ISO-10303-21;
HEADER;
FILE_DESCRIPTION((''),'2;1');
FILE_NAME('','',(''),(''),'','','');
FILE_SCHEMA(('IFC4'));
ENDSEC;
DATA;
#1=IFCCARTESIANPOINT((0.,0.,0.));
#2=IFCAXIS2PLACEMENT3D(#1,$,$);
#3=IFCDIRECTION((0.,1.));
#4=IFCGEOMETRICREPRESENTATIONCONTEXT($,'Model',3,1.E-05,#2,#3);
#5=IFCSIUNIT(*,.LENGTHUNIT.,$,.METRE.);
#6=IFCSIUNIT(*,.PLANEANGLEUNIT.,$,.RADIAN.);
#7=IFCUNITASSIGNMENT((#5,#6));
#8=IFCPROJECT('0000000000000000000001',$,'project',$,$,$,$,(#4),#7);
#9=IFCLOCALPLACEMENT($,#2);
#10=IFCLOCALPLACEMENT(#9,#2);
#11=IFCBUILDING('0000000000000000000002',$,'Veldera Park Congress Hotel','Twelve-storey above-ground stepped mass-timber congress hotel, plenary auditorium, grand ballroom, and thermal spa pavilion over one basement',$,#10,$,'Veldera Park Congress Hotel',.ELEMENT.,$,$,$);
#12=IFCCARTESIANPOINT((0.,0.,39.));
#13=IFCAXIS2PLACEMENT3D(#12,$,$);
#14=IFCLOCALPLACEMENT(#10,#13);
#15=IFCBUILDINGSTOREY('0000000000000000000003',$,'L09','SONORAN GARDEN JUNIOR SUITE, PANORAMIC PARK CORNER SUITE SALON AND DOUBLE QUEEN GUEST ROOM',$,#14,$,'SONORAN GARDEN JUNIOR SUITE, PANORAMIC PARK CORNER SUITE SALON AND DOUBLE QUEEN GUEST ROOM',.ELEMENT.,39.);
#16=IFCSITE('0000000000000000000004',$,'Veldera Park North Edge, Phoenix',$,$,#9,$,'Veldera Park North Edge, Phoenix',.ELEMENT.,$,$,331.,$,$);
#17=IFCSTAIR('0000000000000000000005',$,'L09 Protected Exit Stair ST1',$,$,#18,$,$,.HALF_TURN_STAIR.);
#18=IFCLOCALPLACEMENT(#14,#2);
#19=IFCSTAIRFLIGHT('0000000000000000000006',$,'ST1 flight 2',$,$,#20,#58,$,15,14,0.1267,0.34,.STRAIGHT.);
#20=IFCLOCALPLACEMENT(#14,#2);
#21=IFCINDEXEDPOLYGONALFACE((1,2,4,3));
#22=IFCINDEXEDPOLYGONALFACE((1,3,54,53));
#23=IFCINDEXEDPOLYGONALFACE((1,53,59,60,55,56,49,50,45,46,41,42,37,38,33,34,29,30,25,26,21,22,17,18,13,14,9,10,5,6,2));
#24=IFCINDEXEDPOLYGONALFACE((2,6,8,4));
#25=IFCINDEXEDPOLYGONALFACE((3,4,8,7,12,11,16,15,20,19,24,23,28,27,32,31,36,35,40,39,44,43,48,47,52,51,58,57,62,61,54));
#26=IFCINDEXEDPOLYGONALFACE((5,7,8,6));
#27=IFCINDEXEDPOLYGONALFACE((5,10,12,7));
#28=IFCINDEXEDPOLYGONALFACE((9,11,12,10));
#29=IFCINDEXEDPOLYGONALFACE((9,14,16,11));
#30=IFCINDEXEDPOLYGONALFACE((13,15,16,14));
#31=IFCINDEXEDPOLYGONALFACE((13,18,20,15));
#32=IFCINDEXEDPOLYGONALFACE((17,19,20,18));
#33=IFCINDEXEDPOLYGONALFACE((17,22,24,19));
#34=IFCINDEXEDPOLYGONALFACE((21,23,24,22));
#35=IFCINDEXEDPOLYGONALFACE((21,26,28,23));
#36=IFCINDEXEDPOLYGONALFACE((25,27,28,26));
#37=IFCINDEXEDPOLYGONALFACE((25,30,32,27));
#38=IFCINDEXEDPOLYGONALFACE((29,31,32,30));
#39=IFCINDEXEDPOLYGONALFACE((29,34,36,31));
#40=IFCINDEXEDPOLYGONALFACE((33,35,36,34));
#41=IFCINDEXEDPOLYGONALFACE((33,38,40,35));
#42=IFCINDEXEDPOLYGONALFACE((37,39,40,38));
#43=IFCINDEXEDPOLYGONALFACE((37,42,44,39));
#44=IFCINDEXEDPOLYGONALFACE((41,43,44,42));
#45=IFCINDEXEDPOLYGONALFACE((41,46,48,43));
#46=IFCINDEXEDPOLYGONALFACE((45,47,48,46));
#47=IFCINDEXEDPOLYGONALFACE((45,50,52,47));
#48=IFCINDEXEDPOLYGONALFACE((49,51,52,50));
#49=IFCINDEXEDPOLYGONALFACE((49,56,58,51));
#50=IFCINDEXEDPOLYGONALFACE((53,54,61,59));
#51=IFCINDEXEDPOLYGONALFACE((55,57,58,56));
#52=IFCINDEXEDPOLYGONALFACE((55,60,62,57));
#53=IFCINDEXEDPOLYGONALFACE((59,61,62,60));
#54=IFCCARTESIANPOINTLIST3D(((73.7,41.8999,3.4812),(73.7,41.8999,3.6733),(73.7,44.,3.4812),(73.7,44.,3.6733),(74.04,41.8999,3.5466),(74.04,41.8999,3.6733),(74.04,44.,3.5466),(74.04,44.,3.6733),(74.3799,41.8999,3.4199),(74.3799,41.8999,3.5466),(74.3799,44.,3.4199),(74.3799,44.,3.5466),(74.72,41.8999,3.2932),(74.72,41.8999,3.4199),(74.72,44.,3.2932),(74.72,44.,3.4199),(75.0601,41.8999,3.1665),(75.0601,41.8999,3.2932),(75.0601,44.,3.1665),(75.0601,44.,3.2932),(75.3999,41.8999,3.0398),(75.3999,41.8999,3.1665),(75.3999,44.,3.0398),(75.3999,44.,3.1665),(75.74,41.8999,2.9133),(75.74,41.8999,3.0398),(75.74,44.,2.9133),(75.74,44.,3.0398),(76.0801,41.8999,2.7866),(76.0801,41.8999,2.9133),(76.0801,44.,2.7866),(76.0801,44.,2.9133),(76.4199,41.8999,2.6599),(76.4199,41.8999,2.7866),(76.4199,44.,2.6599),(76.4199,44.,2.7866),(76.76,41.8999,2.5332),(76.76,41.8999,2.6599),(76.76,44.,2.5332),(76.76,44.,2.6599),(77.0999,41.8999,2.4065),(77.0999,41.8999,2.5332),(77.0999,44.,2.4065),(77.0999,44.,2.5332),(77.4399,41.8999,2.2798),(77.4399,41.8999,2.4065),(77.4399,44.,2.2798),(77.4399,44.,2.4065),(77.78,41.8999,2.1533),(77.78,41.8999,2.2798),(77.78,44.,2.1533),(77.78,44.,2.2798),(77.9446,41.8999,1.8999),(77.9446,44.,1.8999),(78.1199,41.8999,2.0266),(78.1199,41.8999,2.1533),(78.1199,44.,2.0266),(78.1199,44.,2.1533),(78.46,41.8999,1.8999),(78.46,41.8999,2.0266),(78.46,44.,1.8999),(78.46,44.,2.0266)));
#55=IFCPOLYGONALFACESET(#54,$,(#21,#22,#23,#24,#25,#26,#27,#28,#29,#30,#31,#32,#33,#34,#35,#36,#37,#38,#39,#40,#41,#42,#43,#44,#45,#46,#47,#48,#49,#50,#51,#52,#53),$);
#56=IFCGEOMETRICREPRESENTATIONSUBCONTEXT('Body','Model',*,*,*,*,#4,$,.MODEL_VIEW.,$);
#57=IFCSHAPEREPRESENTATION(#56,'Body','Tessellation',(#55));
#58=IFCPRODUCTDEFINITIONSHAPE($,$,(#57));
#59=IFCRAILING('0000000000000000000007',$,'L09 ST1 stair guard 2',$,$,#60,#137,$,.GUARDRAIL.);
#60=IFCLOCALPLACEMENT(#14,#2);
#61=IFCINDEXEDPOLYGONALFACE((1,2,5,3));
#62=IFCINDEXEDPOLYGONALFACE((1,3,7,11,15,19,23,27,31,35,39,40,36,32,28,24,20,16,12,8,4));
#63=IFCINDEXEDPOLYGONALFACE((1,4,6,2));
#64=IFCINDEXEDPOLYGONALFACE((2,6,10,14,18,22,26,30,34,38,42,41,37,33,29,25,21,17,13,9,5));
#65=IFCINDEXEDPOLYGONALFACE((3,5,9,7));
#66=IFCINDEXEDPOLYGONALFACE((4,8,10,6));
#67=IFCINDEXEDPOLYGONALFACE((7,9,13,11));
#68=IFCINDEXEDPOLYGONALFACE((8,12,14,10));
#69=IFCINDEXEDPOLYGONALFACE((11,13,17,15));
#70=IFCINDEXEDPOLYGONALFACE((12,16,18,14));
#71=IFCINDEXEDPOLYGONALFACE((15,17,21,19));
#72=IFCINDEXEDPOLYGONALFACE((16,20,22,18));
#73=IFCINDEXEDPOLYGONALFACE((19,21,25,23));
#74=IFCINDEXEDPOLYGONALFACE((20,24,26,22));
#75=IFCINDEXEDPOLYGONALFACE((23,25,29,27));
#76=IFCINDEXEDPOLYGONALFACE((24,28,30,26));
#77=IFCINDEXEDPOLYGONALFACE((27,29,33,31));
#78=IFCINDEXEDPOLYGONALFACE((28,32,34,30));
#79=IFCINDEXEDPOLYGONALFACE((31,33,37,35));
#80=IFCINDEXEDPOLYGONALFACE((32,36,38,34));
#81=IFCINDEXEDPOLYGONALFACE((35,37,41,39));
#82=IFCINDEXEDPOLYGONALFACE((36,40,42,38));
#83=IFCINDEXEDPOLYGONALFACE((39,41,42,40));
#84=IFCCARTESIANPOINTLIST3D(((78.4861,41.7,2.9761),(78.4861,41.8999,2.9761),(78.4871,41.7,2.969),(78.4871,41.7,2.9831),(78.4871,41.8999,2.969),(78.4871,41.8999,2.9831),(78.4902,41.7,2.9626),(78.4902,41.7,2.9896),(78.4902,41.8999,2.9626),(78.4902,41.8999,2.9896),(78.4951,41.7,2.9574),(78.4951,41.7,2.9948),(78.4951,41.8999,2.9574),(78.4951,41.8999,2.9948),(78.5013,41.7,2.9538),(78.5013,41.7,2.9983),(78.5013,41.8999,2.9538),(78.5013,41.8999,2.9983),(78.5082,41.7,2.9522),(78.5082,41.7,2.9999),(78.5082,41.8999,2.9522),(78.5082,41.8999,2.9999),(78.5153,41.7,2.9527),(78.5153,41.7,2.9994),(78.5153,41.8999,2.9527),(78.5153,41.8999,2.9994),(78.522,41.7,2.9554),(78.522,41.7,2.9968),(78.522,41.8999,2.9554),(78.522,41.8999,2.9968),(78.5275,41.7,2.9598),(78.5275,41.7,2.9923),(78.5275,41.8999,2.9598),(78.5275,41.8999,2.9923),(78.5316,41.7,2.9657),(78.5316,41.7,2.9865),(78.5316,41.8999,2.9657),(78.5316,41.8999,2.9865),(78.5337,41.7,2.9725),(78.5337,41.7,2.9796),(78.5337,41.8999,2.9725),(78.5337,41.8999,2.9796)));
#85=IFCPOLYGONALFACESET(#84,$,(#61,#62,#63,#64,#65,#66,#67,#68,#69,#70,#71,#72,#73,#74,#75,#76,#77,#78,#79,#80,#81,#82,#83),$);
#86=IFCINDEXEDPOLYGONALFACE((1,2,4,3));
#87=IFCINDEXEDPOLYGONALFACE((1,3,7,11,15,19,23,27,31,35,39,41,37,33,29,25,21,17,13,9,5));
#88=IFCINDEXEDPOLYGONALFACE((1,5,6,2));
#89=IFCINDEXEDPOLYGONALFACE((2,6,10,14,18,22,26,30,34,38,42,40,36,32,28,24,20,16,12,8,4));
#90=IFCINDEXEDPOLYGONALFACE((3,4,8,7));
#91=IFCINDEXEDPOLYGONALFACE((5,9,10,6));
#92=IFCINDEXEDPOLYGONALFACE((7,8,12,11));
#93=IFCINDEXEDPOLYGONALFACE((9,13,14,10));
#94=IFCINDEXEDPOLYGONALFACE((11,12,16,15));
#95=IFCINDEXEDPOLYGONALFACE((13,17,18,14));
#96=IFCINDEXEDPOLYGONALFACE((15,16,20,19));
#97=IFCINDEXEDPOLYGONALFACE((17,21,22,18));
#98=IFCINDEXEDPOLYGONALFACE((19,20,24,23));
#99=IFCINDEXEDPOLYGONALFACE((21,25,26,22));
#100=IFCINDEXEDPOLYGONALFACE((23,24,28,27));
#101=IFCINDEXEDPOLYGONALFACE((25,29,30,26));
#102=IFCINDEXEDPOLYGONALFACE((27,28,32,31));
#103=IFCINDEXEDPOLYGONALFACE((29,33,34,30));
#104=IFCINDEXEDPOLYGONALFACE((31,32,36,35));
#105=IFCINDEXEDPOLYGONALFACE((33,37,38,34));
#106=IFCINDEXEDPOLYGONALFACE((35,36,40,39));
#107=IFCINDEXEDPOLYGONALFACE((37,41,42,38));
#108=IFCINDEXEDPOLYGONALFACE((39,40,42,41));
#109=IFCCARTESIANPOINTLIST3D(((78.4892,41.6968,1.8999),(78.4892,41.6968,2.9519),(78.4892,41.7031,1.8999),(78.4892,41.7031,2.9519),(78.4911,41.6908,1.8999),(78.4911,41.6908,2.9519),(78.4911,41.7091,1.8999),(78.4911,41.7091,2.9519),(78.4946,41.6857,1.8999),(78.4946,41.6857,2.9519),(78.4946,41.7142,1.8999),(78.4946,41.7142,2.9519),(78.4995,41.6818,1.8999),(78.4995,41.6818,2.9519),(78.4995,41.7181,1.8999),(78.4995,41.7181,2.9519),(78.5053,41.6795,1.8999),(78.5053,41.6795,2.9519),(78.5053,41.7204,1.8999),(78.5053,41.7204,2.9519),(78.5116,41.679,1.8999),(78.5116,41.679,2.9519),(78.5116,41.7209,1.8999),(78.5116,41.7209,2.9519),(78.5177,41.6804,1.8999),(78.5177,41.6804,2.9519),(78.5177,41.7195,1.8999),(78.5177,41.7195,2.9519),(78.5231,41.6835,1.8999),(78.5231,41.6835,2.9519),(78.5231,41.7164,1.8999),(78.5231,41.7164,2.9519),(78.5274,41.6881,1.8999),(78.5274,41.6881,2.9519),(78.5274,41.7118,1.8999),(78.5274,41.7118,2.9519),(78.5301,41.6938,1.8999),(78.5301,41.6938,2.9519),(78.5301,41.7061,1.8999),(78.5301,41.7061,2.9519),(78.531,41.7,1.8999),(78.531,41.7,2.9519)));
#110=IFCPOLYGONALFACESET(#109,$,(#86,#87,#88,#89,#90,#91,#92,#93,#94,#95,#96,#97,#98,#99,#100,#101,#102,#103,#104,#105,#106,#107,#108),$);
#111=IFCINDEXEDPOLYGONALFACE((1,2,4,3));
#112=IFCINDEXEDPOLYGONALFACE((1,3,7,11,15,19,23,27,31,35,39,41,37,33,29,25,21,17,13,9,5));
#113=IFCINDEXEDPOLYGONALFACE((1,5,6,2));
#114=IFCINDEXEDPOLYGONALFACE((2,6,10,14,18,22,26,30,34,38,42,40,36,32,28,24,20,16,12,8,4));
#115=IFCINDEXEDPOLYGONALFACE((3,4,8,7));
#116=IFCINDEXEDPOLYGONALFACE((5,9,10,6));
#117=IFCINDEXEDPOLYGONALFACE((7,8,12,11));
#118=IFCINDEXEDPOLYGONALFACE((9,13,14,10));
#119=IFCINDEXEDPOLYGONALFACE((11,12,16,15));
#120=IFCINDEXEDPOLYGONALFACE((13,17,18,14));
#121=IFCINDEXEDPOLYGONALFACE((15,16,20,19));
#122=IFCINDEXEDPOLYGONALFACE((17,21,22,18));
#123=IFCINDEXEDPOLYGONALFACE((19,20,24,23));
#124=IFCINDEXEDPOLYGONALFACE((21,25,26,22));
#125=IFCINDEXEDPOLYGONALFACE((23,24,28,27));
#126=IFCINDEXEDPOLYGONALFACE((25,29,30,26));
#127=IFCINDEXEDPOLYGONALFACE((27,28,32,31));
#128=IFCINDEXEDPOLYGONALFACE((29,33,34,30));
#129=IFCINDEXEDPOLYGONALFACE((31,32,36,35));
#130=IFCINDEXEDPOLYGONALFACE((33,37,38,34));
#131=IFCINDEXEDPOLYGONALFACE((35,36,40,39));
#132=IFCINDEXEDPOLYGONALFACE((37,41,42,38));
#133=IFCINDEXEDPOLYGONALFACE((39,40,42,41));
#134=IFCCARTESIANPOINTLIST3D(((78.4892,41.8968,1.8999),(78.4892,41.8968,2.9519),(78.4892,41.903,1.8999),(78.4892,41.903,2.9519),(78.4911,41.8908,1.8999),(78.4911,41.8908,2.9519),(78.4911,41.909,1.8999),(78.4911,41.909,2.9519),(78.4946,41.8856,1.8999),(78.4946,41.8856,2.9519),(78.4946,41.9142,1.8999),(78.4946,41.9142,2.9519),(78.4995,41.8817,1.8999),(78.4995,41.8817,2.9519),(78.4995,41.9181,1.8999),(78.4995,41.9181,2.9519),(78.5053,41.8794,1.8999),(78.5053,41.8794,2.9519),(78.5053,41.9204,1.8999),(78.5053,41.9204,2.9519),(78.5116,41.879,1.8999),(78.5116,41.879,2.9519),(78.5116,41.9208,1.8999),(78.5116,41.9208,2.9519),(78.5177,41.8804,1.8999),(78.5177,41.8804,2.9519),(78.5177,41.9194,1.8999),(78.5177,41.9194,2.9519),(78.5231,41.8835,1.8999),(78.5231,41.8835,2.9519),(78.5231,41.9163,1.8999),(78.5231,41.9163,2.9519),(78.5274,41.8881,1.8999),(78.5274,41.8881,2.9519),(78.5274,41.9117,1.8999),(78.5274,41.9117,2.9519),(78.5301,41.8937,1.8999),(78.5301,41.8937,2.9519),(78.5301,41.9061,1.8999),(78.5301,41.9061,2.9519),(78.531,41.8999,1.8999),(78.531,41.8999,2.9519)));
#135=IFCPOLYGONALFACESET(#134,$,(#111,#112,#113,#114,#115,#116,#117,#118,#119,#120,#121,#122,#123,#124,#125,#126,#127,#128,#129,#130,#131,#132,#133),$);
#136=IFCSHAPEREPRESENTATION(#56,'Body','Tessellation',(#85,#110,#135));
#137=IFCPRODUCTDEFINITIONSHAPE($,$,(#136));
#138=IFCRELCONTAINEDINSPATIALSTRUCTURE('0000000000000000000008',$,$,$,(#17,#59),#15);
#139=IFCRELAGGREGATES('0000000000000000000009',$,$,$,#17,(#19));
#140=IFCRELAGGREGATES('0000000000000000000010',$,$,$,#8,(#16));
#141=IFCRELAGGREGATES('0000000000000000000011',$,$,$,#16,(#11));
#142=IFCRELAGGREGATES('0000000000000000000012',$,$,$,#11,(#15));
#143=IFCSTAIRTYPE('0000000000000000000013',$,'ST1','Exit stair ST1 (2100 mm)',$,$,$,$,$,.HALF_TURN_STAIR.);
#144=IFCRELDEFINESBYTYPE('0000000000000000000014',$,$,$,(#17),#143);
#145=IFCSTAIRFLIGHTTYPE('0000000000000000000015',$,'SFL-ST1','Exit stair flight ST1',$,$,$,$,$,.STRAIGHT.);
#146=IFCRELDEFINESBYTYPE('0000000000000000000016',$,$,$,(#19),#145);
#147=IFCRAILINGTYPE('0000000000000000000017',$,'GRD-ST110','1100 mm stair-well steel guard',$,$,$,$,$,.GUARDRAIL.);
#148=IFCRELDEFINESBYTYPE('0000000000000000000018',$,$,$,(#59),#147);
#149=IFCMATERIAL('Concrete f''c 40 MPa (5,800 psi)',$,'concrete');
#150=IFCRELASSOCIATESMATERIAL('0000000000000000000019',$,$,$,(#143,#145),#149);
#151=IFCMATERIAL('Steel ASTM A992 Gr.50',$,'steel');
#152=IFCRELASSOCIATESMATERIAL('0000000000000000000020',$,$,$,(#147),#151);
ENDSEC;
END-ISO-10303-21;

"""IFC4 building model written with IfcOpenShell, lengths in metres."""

from ifc_helpers import new_model, si_unit, direction, frame, origin, origin_2d, place, context, subcontext, project, spatial, polyline, circle, outline, extrude, material, type_object, element, aggregate, save


model = new_model("IFC4")

# Units and contexts
model_context = context("Model", 3, precision=1e-05, world=origin(), true_north=direction((0.0, 1.0)))
body_context = subcontext(model_context, "Body", "Model", "MODEL_VIEW")
ifc_project = project(units=[si_unit("LENGTHUNIT", "METRE"), si_unit("PLANEANGLEUNIT", "RADIAN")], contexts=[model_context])

# Site, building, storey
site_placement = place(None, origin())
site = spatial("IfcSite", under=ifc_project, at=site_placement, Name="Veldera Park North Edge, Phoenix", LongName="Veldera Park North Edge, Phoenix", CompositionType="ELEMENT", RefElevation=331.0)
building_placement = place(site_placement, origin())
building = spatial("IfcBuilding", under=site, at=building_placement, Name="Veldera Park Congress Hotel", Description="Twelve-storey above-ground stepped mass-timber congress hotel, plenary auditorium, grand ballroom, and thermal spa pavilion over one basement", LongName="Veldera Park Congress Hotel", CompositionType="ELEMENT")
storey_placement = place(building_placement, frame((0.0, 0.0, 39.0)))
storey = spatial("IfcBuildingStorey", under=building, at=storey_placement, Name="L09", Description="SONORAN GARDEN JUNIOR SUITE, PANORAMIC PARK CORNER SUITE SALON AND DOUBLE QUEEN GUEST ROOM", LongName="SONORAN GARDEN JUNIOR SUITE, PANORAMIC PARK CORNER SUITE SALON AND DOUBLE QUEEN GUEST ROOM", CompositionType="ELEMENT", Elevation=39.0)

# Shared definitions
ifc_material_1 = material(Name="Concrete f'c 40 MPa (5,800 psi)", Category="concrete")

# Stair, stair flight
stair_type = type_object("IfcStairType", Name="ST1", Description="Exit stair ST1 (2100 mm)", PredefinedType="HALF_TURN_STAIR", material=ifc_material_1)
stair_placement = place(storey_placement, origin())
stair = element("IfcStair", 1, at=stair_placement, inside=storey, type_object=stair_type, Name="L09 Protected Exit Stair ST1", PredefinedType="HALF_TURN_STAIR")
stair_flight_type = type_object("IfcStairFlightType", Name="SFL-ST1", Description="Exit stair flight ST1", PredefinedType="STRAIGHT", material=ifc_material_1)
stair_flight_placement = place(storey_placement, frame((78.46, 42.95, 1.8999), z_axis=(0.0, 0.0, 1.0), x_axis=(-1.0, 0.0, 0.0)))
stair_flight = element("IfcStairFlight", 2, at=stair_flight_placement, type_object=stair_flight_type, Name="ST1 flight 2", NumberOfRisers=15, NumberOfTreads=14, PredefinedType="STRAIGHT", RiserHeight=0.1267, TreadLength=0.34, context=body_context, shape_type="SweptSolid", body=[
    extrude(outline(polyline([(0.0, 0.0), (0.0, 0.1267), (0.3401, 0.1267), (0.3401, 0.2534), (0.6799, 0.2534), (0.6799, 0.3799), (1.02, 0.3799), (1.02, 0.5066), (1.3601, 0.5066), (1.3601, 0.6333), (1.7, 0.6333), (1.7, 0.76), (2.04, 0.76), (2.04, 0.8867), (2.3799, 0.8867), (2.3799, 1.0134), (2.72, 1.0134), (2.72, 1.1399), (3.0601, 1.1399), (3.0601, 1.2666), (3.3999, 1.2666), (3.3999, 1.3933), (3.74, 1.3933), (3.74, 1.52), (4.0801, 1.52), (4.0801, 1.6467), (4.4199, 1.6467), (4.4199, 1.7734), (4.76, 1.7734), (4.76, 1.8999), (4.76, 1.8999), (4.76, 1.5813), (0.5154, 0.0), (0.0, 0.0)])), frame((0.0, 1.05, 0.0), z_axis=(0.0, -1.0, 0.0), x_axis=(1.0, 0.0, 0.0)), (0.0, 0.0, 1.0), 2.1001),
])
aggregate(stair, [stair_flight])

# Railing
ifc_material_2 = material(Name="Steel ASTM A992 Gr.50", Category="steel")
railing_type_1 = type_object("IfcRailingType", Name="GRD-ST110", Description="1100 mm stair-well steel guard", PredefinedType="GUARDRAIL", material=ifc_material_2)
railing_1_placement = place(storey_placement, frame((78.51, 41.7, 1.8999)))
element("IfcRailing", 3, at=railing_1_placement, inside=storey, type_object=railing_type_1, Name="L09 ST1 stair guard 2", PredefinedType="GUARDRAIL", context=body_context, shape_type="SweptSolid", body=[
    extrude(circle(Radius=0.0239, at=origin_2d()), frame((0.0, 0.0, 1.0762), z_axis=(0.0, 1.0, 0.0), x_axis=(-1.0, 0.0, 0.0)), (0.0, 0.0, 1.0), 0.2),
    extrude(circle(Radius=0.021, at=origin_2d()), origin(), (0.0, 0.0, 1.0), 1.052),
    extrude(circle(Radius=0.021, at=origin_2d()), frame((0.0, 0.2, 0.0)), (0.0, 0.0, 1.0), 1.052),
])

save(model, "model.ifc")
